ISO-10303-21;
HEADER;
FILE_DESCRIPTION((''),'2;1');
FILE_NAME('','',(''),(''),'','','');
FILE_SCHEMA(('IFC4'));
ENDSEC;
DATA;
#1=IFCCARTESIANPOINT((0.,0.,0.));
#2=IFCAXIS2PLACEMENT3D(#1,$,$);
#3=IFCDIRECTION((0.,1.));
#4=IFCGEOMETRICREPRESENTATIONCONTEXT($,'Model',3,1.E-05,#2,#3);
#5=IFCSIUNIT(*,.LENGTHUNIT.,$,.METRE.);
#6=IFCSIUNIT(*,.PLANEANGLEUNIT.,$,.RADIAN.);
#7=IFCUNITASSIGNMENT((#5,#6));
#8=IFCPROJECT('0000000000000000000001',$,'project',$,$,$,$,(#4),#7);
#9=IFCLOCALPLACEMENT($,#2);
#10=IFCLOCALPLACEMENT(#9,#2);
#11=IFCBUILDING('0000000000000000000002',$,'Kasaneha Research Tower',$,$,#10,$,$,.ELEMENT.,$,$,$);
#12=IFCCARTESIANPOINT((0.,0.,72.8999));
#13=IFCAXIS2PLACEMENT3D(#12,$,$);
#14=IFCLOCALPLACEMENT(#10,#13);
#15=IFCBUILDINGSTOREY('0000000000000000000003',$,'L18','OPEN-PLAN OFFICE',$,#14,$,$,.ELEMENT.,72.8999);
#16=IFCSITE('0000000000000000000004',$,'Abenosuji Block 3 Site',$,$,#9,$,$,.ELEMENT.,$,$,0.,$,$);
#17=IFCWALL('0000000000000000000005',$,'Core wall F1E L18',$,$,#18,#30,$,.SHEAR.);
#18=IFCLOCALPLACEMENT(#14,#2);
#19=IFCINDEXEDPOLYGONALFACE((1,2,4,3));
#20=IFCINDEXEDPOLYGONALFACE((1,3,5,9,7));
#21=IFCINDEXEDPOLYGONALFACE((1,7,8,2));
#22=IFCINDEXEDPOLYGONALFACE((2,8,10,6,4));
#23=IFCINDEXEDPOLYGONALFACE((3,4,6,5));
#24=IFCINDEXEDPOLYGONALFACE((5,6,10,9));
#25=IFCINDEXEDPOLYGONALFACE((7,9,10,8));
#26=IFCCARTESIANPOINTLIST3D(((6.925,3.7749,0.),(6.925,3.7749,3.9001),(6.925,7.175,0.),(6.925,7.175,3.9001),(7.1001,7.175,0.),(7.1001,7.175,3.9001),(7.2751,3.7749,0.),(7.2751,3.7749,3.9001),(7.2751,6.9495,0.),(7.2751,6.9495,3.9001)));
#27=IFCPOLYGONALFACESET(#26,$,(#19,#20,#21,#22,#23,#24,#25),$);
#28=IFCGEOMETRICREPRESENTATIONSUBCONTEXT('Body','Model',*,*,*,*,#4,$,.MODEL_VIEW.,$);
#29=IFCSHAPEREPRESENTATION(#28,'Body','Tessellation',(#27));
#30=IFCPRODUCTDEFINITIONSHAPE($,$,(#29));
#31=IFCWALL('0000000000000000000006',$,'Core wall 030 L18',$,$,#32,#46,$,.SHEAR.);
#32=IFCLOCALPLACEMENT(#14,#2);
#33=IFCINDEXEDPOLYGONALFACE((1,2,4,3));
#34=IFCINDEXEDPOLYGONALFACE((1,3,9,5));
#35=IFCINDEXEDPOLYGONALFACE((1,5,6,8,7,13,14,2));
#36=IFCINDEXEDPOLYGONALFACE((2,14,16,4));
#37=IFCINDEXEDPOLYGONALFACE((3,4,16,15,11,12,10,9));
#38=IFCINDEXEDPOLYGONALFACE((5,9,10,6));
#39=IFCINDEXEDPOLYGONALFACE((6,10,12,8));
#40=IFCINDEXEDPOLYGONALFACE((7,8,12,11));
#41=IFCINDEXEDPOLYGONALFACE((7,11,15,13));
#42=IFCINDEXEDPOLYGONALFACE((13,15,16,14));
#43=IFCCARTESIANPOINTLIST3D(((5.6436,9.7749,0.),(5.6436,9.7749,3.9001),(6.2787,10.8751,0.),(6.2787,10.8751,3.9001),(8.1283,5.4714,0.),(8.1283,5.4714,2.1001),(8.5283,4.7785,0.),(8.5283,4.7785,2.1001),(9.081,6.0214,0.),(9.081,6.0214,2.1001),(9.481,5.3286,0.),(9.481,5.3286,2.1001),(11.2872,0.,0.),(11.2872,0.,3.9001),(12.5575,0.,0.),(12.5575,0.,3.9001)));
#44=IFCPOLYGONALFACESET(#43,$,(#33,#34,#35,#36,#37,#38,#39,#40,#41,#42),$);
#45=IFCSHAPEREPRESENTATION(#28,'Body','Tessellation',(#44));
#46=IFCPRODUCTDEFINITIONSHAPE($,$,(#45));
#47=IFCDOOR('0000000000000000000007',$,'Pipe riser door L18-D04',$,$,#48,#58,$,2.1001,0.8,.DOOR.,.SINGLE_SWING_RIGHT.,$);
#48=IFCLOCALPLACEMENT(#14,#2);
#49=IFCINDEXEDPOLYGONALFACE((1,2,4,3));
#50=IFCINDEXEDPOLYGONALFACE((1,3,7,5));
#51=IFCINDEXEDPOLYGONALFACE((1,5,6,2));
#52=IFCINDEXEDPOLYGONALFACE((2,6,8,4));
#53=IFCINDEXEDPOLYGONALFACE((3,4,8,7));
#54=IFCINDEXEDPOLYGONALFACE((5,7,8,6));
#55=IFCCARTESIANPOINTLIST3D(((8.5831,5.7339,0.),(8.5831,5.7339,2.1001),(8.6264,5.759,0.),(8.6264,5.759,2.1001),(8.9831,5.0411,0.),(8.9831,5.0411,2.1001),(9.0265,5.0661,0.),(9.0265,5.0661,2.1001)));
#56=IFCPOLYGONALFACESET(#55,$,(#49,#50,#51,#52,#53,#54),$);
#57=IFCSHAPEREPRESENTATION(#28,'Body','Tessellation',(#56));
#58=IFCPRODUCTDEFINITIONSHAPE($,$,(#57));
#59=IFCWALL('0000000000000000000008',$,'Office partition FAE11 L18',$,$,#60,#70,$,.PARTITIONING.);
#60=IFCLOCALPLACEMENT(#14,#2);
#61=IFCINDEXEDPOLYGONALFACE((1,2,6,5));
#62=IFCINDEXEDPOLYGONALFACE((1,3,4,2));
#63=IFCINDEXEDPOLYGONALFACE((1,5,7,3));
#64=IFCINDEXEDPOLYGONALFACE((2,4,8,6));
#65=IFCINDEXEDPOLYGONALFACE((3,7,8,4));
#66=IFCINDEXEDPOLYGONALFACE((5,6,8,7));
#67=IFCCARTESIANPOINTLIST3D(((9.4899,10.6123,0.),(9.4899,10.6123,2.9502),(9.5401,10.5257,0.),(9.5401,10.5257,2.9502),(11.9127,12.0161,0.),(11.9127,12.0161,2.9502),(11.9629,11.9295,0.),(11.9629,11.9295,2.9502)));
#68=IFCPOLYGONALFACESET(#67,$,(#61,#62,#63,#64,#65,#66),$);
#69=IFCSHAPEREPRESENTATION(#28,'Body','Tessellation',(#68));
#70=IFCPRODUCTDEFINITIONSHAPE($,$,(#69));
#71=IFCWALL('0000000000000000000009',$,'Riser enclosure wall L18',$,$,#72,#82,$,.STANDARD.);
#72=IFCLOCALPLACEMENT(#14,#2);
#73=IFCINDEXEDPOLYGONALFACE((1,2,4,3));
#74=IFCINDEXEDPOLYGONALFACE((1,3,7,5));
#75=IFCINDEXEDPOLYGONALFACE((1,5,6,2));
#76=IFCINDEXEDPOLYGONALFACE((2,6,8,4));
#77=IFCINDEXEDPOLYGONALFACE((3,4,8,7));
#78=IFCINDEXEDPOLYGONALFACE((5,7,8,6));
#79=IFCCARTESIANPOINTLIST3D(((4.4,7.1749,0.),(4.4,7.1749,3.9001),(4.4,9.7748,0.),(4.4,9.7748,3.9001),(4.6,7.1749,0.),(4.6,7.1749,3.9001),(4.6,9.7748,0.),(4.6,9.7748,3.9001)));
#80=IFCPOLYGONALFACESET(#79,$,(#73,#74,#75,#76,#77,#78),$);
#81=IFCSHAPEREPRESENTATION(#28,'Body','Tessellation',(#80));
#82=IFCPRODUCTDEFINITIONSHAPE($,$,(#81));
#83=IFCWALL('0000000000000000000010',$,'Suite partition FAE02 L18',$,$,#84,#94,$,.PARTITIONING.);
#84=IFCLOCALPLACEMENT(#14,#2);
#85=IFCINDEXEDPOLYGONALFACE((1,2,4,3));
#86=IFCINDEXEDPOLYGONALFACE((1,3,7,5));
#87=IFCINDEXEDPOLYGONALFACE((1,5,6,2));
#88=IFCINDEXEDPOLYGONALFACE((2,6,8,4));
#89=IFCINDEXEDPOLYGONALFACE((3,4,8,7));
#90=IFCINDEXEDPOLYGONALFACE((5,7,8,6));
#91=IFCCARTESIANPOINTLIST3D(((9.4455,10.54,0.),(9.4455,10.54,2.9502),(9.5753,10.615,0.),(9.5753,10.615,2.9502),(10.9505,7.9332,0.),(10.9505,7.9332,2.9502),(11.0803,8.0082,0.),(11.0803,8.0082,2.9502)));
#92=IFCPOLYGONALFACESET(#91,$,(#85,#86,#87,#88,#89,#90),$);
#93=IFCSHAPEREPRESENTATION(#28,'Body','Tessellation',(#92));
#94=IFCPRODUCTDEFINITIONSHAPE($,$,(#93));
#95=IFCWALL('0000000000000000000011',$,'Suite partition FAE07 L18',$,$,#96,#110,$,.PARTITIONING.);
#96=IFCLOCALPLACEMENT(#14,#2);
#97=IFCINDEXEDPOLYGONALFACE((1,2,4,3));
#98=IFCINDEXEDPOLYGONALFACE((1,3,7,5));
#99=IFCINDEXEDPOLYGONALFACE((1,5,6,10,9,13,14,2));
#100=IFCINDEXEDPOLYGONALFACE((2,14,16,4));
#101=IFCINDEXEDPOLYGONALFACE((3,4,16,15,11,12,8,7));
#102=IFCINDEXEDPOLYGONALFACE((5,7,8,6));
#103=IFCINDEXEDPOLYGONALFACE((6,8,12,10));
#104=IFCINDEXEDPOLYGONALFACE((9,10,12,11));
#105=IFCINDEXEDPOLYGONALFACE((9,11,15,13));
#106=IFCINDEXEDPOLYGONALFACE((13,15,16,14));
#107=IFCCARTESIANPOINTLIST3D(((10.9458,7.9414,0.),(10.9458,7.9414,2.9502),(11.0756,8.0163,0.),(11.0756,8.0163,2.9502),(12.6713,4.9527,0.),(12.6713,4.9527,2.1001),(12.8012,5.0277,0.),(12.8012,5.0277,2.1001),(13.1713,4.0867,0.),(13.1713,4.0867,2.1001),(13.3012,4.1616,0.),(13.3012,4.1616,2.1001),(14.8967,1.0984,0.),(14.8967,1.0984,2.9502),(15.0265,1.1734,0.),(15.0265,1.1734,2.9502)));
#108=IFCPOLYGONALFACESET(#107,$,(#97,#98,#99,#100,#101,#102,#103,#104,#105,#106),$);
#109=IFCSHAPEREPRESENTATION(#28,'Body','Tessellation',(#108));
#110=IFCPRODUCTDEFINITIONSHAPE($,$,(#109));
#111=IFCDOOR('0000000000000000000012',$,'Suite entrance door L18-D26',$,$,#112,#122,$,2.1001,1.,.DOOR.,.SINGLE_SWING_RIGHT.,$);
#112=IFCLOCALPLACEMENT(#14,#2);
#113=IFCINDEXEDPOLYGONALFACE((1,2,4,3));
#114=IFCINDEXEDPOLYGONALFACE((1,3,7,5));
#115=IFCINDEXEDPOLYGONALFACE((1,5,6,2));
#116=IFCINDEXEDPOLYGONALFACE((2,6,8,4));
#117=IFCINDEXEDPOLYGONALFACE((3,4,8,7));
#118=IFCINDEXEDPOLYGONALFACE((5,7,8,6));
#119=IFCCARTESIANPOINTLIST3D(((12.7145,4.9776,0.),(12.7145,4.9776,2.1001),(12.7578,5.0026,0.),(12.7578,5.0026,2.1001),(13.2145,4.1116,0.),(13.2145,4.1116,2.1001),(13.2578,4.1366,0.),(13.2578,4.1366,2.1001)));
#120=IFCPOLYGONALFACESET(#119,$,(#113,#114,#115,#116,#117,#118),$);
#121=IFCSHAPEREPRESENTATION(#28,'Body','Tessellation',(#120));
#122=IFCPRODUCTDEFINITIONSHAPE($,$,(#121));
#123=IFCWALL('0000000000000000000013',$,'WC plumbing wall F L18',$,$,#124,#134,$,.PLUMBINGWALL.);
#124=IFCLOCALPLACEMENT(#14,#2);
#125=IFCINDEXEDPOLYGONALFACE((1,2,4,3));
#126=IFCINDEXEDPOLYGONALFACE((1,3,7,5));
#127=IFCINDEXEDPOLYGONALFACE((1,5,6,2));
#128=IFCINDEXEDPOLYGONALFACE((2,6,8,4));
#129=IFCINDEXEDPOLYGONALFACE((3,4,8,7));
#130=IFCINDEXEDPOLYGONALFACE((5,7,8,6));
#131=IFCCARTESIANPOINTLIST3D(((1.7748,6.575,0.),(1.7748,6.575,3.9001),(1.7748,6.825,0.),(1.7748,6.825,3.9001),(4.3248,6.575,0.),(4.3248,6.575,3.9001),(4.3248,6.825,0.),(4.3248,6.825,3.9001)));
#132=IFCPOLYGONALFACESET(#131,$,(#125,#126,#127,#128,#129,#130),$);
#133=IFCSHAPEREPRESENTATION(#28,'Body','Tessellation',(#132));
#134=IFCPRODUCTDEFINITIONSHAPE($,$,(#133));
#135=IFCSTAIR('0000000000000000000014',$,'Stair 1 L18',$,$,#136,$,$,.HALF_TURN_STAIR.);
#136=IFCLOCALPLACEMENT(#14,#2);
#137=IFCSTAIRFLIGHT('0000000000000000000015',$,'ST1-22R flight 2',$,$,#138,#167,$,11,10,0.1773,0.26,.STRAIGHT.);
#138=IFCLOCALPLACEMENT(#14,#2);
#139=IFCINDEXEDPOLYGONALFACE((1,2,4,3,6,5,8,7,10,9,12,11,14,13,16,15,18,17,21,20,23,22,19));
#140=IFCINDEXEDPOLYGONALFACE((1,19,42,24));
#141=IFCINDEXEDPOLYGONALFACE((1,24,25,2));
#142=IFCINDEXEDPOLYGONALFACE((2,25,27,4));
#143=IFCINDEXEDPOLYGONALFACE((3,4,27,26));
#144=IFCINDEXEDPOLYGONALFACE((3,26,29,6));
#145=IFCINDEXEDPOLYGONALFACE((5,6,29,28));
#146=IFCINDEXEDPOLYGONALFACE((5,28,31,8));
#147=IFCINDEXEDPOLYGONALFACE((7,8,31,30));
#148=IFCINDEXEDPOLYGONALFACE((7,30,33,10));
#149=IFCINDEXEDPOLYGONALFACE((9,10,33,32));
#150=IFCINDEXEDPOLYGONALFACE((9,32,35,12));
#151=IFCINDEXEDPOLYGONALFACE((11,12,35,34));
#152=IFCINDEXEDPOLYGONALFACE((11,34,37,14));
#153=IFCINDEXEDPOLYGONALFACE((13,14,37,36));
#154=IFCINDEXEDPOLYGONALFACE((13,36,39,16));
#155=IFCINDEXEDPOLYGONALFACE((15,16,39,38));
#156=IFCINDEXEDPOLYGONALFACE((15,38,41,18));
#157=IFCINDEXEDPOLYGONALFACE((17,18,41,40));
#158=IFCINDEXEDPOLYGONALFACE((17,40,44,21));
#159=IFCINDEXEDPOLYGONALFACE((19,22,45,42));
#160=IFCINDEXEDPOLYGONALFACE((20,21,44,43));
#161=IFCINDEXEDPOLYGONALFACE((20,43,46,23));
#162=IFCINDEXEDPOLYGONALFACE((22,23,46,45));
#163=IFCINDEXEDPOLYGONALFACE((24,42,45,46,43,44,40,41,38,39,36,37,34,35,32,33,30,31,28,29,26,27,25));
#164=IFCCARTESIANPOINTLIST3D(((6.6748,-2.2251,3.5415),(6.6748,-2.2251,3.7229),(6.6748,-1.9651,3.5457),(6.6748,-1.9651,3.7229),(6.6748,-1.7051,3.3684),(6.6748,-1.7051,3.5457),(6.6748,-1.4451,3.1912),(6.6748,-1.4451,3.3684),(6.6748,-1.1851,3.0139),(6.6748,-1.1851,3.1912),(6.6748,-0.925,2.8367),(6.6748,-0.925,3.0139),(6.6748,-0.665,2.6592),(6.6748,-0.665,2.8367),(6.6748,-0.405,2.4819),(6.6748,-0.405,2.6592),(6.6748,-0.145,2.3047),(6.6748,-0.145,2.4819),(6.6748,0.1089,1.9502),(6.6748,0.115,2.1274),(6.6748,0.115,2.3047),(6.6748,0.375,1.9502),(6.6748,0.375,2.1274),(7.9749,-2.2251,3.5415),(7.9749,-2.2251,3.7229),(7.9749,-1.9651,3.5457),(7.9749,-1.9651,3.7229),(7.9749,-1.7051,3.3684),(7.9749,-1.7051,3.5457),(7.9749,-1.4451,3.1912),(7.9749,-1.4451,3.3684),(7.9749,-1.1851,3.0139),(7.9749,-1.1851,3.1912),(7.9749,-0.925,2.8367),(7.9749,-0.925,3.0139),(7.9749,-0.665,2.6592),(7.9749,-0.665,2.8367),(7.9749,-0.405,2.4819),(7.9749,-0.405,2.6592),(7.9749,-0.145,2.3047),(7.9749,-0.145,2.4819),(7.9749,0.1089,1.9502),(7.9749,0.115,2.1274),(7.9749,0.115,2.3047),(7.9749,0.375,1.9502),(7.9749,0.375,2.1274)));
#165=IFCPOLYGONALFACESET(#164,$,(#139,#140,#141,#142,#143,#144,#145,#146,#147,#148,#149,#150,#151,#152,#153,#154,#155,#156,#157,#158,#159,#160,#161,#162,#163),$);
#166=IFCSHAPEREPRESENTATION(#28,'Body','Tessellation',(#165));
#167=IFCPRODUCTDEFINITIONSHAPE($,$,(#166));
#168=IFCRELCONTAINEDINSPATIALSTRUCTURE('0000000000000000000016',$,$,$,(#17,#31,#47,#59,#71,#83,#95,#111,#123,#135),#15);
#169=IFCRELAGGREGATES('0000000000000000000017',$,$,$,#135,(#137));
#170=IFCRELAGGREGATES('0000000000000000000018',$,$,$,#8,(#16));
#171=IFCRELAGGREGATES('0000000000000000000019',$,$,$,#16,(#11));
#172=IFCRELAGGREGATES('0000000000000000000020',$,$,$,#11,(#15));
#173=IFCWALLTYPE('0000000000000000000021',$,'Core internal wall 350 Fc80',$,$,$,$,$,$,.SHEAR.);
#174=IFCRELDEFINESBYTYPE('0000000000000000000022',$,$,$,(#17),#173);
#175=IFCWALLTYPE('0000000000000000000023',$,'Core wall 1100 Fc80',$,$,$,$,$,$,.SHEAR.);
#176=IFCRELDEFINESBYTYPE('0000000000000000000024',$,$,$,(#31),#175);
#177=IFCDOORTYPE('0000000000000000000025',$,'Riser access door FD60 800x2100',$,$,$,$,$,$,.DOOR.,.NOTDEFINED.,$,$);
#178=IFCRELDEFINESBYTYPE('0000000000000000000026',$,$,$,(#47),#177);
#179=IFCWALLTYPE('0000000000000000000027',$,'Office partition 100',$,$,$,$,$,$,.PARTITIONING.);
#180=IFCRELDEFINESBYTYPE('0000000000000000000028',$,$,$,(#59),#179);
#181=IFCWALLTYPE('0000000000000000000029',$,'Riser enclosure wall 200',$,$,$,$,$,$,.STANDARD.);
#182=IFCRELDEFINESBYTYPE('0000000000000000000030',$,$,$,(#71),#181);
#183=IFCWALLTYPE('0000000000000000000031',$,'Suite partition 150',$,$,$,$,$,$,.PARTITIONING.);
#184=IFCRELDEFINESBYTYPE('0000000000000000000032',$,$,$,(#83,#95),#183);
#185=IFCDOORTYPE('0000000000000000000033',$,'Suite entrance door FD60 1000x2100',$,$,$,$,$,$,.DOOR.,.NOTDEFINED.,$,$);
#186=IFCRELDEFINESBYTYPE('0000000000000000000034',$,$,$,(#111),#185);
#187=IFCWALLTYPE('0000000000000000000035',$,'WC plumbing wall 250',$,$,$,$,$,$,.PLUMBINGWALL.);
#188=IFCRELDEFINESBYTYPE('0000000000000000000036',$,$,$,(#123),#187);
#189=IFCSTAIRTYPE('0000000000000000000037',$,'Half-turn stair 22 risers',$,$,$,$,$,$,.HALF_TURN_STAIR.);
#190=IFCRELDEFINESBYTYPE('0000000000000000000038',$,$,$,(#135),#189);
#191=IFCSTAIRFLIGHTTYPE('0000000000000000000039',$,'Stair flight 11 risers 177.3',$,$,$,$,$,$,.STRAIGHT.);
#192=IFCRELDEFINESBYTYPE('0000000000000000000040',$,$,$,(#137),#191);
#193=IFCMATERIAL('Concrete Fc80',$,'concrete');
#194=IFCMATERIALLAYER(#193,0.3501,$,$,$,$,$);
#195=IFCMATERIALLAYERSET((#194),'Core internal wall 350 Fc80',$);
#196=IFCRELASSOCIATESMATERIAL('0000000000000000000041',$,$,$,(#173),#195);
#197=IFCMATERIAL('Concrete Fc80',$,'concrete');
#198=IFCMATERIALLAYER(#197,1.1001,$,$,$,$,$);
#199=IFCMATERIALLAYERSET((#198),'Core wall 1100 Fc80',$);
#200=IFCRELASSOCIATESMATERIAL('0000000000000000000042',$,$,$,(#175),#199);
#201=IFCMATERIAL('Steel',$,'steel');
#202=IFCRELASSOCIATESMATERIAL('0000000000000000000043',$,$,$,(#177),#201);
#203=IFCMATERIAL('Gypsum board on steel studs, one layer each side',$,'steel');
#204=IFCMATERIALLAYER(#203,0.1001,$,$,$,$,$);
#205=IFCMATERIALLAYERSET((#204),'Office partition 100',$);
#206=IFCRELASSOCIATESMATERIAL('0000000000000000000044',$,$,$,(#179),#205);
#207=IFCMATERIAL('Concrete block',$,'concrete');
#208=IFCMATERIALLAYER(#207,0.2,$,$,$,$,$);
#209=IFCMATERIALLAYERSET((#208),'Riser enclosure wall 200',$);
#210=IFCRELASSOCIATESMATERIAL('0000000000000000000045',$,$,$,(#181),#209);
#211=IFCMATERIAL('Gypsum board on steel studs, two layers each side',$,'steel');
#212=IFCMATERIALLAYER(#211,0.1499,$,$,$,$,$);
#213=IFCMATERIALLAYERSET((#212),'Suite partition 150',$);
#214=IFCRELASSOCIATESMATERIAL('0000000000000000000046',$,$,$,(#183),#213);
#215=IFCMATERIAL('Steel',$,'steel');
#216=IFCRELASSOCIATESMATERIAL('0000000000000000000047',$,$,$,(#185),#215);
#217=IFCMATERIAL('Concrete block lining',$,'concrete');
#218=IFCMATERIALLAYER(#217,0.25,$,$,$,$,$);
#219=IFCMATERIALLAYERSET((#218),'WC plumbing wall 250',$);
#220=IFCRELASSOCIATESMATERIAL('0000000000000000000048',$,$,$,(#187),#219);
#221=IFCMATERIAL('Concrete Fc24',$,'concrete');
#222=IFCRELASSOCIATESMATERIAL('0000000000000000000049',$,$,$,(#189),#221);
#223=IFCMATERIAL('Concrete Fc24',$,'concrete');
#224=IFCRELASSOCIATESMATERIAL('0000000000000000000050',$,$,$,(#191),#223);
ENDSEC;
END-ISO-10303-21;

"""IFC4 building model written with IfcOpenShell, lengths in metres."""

from ifc_helpers import new_model, si_unit, direction, frame, frame_2d, origin, place, context, subcontext, project, spatial, polyline, rectangle, outline, extrude, material, layer, layer_set, type_object, element, fill, aggregate, save


model = new_model("IFC4")

# Units and contexts
model_context = context("Model", 3, precision=1e-05, world=origin(), true_north=direction((0.0, 1.0)))
body_context = subcontext(model_context, "Body", "Model", "MODEL_VIEW")
ifc_project = project(units=[si_unit("LENGTHUNIT", "METRE"), si_unit("PLANEANGLEUNIT", "RADIAN")], contexts=[model_context])

# Site, building, storey
site_placement = place(None, origin())
site = spatial("IfcSite", under=ifc_project, at=site_placement, Name="Abenosuji Block 3 Site", CompositionType="ELEMENT", RefElevation=0.0)
building_placement = place(site_placement, origin())
building = spatial("IfcBuilding", under=site, at=building_placement, Name="Kasaneha Research Tower", CompositionType="ELEMENT")
storey_placement = place(building_placement, frame((0.0, 0.0, 72.8999)))
storey = spatial("IfcBuildingStorey", under=building, at=storey_placement, Name="L18", Description="OPEN-PLAN OFFICE", CompositionType="ELEMENT", Elevation=72.8999)

# Wall
ifc_material_1 = material(Name="Concrete Fc80", Category="concrete")
ifc_layer_1 = layer(ifc_material_1, 0.3501)
ifc_layer_set_1 = layer_set([ifc_layer_1], Name="Core internal wall 350 Fc80")
wall_type_1 = type_object("IfcWallType", Name="Core internal wall 350 Fc80", PredefinedType="SHEAR", material=ifc_layer_set_1)
wall_1_placement = place(storey_placement, frame((7.1001, 3.7749, 0.0), z_axis=(0.0, 0.0, 1.0), x_axis=(0.0, 1.0, 0.0)))
element("IfcWall", 1, at=wall_1_placement, inside=storey, type_object=wall_type_1, Name="Core wall F1E L18", PredefinedType="SHEAR", context=body_context, shape_type="SweptSolid", body=[
    extrude(outline(polyline([(0.0, -0.175), (3.1746, -0.175), (3.4001, 0.0), (3.4001, 0.175), (0.0, 0.175), (0.0, -0.175)])), origin(), (0.0, 0.0, 1.0), 3.9001),
])

# Wall, opening, door
ifc_material_2 = material(Name="Concrete Fc80", Category="concrete")
ifc_layer_2 = layer(ifc_material_2, 1.1001)
ifc_layer_set_2 = layer_set([ifc_layer_2], Name="Core wall 1100 Fc80")
wall_type_2 = type_object("IfcWallType", Name="Core wall 1100 Fc80", PredefinedType="SHEAR", material=ifc_layer_set_2)
wall_2_placement = place(storey_placement, frame((11.9224, 0.0, 0.0), z_axis=(0.0, 0.0, 1.0), x_axis=(-0.500004, 0.866023, 0.0)))
wall_2 = element("IfcWall", 2, at=wall_2_placement, inside=storey, type_object=wall_type_2, Name="Core wall 030 L18", PredefinedType="SHEAR", context=body_context, shape_type="SweptSolid", body=[
    extrude(outline(polyline([(-0.3176, -0.55), (5.8354, -0.55), (6.6355, -0.55), (12.24, -0.55), (11.6047, 0.55), (6.6355, 0.55), (5.8354, 0.55), (0.3176, 0.55), (-0.3176, -0.55)])), origin(), (0.0, 0.0, 1.0), 3.9001),
])
opening_1_placement = place(wall_2_placement, frame((5.8354, 0.0, 0.0)))
opening_1 = element("IfcOpeningElement", 3, at=opening_1_placement, cuts=wall_2, PredefinedType="OPENING", context=body_context, shape_type="SweptSolid", body=[
    extrude(rectangle(XDim=0.8, YDim=2.1001, at=frame_2d((0.3999, 1.05))), frame((0.0, 0.5601, 0.0), z_axis=(0.0, -1.0, 0.0), x_axis=(1.0, 0.0, 0.0)), (0.0, 0.0, 1.0), 1.1201),
])
ifc_material_3 = material(Name="Steel", Category="steel")
door_type_1 = type_object("IfcDoorType", Name="Riser access door FD60 800x2100", OperationType="NOTDEFINED", PredefinedType="DOOR", material=ifc_material_3)
door_1_placement = place(opening_1_placement, origin())
door_1 = element("IfcDoor", 4, at=door_1_placement, inside=storey, type_object=door_type_1, Name="Pipe riser door L18-D04", OperationType="SINGLE_SWING_RIGHT", OverallHeight=2.1001, OverallWidth=0.8, PredefinedType="DOOR", context=body_context, shape_type="SweptSolid", body=[
    extrude(rectangle(XDim=0.8, YDim=2.1001, at=frame_2d((0.3999, 1.05))), frame((0.0, 0.0249, 0.0), z_axis=(0.0, -1.0, 0.0), x_axis=(1.0, 0.0, 0.0)), (0.0, 0.0, 1.0), 0.05),
])
fill(opening_1, door_1)

# Walls
ifc_material_4 = material(Name="Gypsum board on steel studs, one layer each side", Category="steel")
ifc_layer_3 = layer(ifc_material_4, 0.1001)
ifc_layer_set_3 = layer_set([ifc_layer_3], Name="Office partition 100")
wall_type_3 = type_object("IfcWallType", Name="Office partition 100", PredefinedType="PARTITIONING", material=ifc_layer_set_3)
wall_3_placement = place(storey_placement, frame((9.5151, 10.5691, 0.0), z_axis=(0.0, 0.0, 1.0), x_axis=(0.865255, 0.501332, 0.0)))
element("IfcWall", 5, at=wall_3_placement, inside=storey, type_object=wall_type_3, Name="Office partition FAE11 L18", PredefinedType="PARTITIONING", context=body_context, shape_type="SweptSolid", body=[
    extrude(rectangle(XDim=2.8, YDim=0.1001, at=frame_2d((1.3999, 0.0))), origin(), (0.0, 0.0, 1.0), 2.9502),
])
ifc_material_5 = material(Name="Concrete block", Category="concrete")
ifc_layer_4 = layer(ifc_material_5, 0.2)
ifc_layer_set_4 = layer_set([ifc_layer_4], Name="Riser enclosure wall 200")
wall_type_4 = type_object("IfcWallType", Name="Riser enclosure wall 200", PredefinedType="STANDARD", material=ifc_layer_set_4)
wall_4_placement = place(storey_placement, frame((4.5, 7.175, 0.0), z_axis=(0.0, 0.0, 1.0), x_axis=(0.0, 1.0, 0.0)))
element("IfcWall", 6, at=wall_4_placement, inside=storey, type_object=wall_type_4, Name="Riser enclosure wall L18", PredefinedType="STANDARD", context=body_context, shape_type="SweptSolid", body=[
    extrude(rectangle(XDim=2.5999, YDim=0.2, at=frame_2d((1.2998, 0.0))), origin(), (0.0, 0.0, 1.0), 3.9001),
])
ifc_material_6 = material(Name="Gypsum board on steel studs, two layers each side", Category="steel")
ifc_layer_5 = layer(ifc_material_6, 0.1499)
ifc_layer_set_5 = layer_set([ifc_layer_5], Name="Suite partition 150")
wall_type_5 = type_object("IfcWallType", Name="Suite partition 150", PredefinedType="PARTITIONING", material=ifc_layer_set_5)
wall_5_placement = place(storey_placement, frame((9.5105, 10.5774, 0.0), z_axis=(0.0, 0.0, 1.0), x_axis=(0.499978, -0.866038, 0.0)))
element("IfcWall", 7, at=wall_5_placement, inside=storey, type_object=wall_type_5, Name="Suite partition FAE02 L18", PredefinedType="PARTITIONING", context=body_context, shape_type="SweptSolid", body=[
    extrude(rectangle(XDim=3.01, YDim=0.1499, at=frame_2d((1.5049, 0.0))), origin(), (0.0, 0.0, 1.0), 2.9502),
])

# Wall, opening, door
wall_6_placement = place(storey_placement, frame((11.0107, 7.9788, 0.0), z_axis=(0.0, 0.0, 1.0), x_axis=(0.50001, -0.866019, 0.0)))
wall_6 = element("IfcWall", 8, at=wall_6_placement, inside=storey, type_object=wall_type_5, Name="Suite partition FAE07 L18", PredefinedType="PARTITIONING", context=body_context, shape_type="SweptSolid", body=[
    extrude(rectangle(XDim=7.9016, YDim=0.1499, at=frame_2d((3.9507, 0.0))), origin(), (0.0, 0.0, 1.0), 2.9502),
])
opening_2_placement = place(wall_6_placement, frame((3.4509, 0.0, 0.0)))
opening_2 = element("IfcOpeningElement", 9, at=opening_2_placement, cuts=wall_6, PredefinedType="OPENING", context=body_context, shape_type="SweptSolid", body=[
    extrude(rectangle(XDim=1.0, YDim=2.1001, at=frame_2d((0.5, 1.05))), frame((0.0, 0.085, 0.0), z_axis=(0.0, -1.0, 0.0), x_axis=(1.0, 0.0, 0.0)), (0.0, 0.0, 1.0), 0.1699),
])
ifc_material_7 = material(Name="Steel", Category="steel")
door_type_2 = type_object("IfcDoorType", Name="Suite entrance door FD60 1000x2100", OperationType="NOTDEFINED", PredefinedType="DOOR", material=ifc_material_7)
door_2_placement = place(opening_2_placement, origin())
door_2 = element("IfcDoor", 10, at=door_2_placement, inside=storey, type_object=door_type_2, Name="Suite entrance door L18-D26", OperationType="SINGLE_SWING_RIGHT", OverallHeight=2.1001, OverallWidth=1.0, PredefinedType="DOOR", context=body_context, shape_type="SweptSolid", body=[
    extrude(rectangle(XDim=1.0, YDim=2.1001, at=frame_2d((0.5, 1.05))), frame((0.0, 0.0249, 0.0), z_axis=(0.0, -1.0, 0.0), x_axis=(1.0, 0.0, 0.0)), (0.0, 0.0, 1.0), 0.05),
])
fill(opening_2, door_2)

# Wall
ifc_material_8 = material(Name="Concrete block lining", Category="concrete")
ifc_layer_6 = layer(ifc_material_8, 0.25)
ifc_layer_set_6 = layer_set([ifc_layer_6], Name="WC plumbing wall 250")
wall_type_6 = type_object("IfcWallType", Name="WC plumbing wall 250", PredefinedType="PLUMBINGWALL", material=ifc_layer_set_6)
wall_7_placement = place(storey_placement, frame((1.7749, 6.7, 0.0), z_axis=(0.0, 0.0, 1.0), x_axis=(1.0, 0.0, 0.0)))
element("IfcWall", 11, at=wall_7_placement, inside=storey, type_object=wall_type_6, Name="WC plumbing wall F L18", PredefinedType="PLUMBINGWALL", context=body_context, shape_type="SweptSolid", body=[
    extrude(rectangle(XDim=2.55, YDim=0.25, at=frame_2d((1.2749, 0.0))), origin(), (0.0, 0.0, 1.0), 3.9001),
])

# Stair, stair flight
ifc_material_9 = material(Name="Concrete Fc24", Category="concrete")
stair_type = type_object("IfcStairType", Name="Half-turn stair 22 risers", PredefinedType="HALF_TURN_STAIR", material=ifc_material_9)
stair_placement = place(storey_placement, origin())
stair = element("IfcStair", 12, at=stair_placement, inside=storey, type_object=stair_type, Name="Stair 1 L18", PredefinedType="HALF_TURN_STAIR")
ifc_material_10 = material(Name="Concrete Fc24", Category="concrete")
stair_flight_type = type_object("IfcStairFlightType", Name="Stair flight 11 risers 177.3", PredefinedType="STRAIGHT", material=ifc_material_10)
stair_flight_placement = place(storey_placement, frame((7.325, 0.375, 1.9502), z_axis=(0.0, 0.0, 1.0), x_axis=(0.0, -1.0, 0.0)))
stair_flight = element("IfcStairFlight", 13, at=stair_flight_placement, type_object=stair_flight_type, Name="ST1-22R flight 2", NumberOfRisers=11, NumberOfTreads=10, PredefinedType="STRAIGHT", RiserHeight=0.1773, TreadLength=0.26, context=body_context, shape_type="SweptSolid", body=[
    extrude(outline(polyline([(0.0, 0.0), (0.0, 0.1772), (0.26, 0.1772), (0.26, 0.3545), (0.52, 0.3545), (0.52, 0.5317), (0.78, 0.5317), (0.78, 0.709), (1.04, 0.709), (1.04, 0.8865), (1.3, 0.8865), (1.3, 1.0637), (1.5601, 1.0637), (1.5601, 1.241), (1.8201, 1.241), (1.8201, 1.4182), (2.0801, 1.4182), (2.0801, 1.5955), (2.3401, 1.5955), (2.3401, 1.7727), (2.6001, 1.7727), (2.6001, 1.95), (2.6001, 1.5913), (0.2661, 0.0), (0.0, 0.0)])), frame((0.0, 0.6499, 0.0), z_axis=(0.0, -1.0, 0.0), x_axis=(1.0, 0.0, 0.0)), (0.0, 0.0, 1.0), 1.3),
])
aggregate(stair, [stair_flight])

save(model, "model.ifc")
